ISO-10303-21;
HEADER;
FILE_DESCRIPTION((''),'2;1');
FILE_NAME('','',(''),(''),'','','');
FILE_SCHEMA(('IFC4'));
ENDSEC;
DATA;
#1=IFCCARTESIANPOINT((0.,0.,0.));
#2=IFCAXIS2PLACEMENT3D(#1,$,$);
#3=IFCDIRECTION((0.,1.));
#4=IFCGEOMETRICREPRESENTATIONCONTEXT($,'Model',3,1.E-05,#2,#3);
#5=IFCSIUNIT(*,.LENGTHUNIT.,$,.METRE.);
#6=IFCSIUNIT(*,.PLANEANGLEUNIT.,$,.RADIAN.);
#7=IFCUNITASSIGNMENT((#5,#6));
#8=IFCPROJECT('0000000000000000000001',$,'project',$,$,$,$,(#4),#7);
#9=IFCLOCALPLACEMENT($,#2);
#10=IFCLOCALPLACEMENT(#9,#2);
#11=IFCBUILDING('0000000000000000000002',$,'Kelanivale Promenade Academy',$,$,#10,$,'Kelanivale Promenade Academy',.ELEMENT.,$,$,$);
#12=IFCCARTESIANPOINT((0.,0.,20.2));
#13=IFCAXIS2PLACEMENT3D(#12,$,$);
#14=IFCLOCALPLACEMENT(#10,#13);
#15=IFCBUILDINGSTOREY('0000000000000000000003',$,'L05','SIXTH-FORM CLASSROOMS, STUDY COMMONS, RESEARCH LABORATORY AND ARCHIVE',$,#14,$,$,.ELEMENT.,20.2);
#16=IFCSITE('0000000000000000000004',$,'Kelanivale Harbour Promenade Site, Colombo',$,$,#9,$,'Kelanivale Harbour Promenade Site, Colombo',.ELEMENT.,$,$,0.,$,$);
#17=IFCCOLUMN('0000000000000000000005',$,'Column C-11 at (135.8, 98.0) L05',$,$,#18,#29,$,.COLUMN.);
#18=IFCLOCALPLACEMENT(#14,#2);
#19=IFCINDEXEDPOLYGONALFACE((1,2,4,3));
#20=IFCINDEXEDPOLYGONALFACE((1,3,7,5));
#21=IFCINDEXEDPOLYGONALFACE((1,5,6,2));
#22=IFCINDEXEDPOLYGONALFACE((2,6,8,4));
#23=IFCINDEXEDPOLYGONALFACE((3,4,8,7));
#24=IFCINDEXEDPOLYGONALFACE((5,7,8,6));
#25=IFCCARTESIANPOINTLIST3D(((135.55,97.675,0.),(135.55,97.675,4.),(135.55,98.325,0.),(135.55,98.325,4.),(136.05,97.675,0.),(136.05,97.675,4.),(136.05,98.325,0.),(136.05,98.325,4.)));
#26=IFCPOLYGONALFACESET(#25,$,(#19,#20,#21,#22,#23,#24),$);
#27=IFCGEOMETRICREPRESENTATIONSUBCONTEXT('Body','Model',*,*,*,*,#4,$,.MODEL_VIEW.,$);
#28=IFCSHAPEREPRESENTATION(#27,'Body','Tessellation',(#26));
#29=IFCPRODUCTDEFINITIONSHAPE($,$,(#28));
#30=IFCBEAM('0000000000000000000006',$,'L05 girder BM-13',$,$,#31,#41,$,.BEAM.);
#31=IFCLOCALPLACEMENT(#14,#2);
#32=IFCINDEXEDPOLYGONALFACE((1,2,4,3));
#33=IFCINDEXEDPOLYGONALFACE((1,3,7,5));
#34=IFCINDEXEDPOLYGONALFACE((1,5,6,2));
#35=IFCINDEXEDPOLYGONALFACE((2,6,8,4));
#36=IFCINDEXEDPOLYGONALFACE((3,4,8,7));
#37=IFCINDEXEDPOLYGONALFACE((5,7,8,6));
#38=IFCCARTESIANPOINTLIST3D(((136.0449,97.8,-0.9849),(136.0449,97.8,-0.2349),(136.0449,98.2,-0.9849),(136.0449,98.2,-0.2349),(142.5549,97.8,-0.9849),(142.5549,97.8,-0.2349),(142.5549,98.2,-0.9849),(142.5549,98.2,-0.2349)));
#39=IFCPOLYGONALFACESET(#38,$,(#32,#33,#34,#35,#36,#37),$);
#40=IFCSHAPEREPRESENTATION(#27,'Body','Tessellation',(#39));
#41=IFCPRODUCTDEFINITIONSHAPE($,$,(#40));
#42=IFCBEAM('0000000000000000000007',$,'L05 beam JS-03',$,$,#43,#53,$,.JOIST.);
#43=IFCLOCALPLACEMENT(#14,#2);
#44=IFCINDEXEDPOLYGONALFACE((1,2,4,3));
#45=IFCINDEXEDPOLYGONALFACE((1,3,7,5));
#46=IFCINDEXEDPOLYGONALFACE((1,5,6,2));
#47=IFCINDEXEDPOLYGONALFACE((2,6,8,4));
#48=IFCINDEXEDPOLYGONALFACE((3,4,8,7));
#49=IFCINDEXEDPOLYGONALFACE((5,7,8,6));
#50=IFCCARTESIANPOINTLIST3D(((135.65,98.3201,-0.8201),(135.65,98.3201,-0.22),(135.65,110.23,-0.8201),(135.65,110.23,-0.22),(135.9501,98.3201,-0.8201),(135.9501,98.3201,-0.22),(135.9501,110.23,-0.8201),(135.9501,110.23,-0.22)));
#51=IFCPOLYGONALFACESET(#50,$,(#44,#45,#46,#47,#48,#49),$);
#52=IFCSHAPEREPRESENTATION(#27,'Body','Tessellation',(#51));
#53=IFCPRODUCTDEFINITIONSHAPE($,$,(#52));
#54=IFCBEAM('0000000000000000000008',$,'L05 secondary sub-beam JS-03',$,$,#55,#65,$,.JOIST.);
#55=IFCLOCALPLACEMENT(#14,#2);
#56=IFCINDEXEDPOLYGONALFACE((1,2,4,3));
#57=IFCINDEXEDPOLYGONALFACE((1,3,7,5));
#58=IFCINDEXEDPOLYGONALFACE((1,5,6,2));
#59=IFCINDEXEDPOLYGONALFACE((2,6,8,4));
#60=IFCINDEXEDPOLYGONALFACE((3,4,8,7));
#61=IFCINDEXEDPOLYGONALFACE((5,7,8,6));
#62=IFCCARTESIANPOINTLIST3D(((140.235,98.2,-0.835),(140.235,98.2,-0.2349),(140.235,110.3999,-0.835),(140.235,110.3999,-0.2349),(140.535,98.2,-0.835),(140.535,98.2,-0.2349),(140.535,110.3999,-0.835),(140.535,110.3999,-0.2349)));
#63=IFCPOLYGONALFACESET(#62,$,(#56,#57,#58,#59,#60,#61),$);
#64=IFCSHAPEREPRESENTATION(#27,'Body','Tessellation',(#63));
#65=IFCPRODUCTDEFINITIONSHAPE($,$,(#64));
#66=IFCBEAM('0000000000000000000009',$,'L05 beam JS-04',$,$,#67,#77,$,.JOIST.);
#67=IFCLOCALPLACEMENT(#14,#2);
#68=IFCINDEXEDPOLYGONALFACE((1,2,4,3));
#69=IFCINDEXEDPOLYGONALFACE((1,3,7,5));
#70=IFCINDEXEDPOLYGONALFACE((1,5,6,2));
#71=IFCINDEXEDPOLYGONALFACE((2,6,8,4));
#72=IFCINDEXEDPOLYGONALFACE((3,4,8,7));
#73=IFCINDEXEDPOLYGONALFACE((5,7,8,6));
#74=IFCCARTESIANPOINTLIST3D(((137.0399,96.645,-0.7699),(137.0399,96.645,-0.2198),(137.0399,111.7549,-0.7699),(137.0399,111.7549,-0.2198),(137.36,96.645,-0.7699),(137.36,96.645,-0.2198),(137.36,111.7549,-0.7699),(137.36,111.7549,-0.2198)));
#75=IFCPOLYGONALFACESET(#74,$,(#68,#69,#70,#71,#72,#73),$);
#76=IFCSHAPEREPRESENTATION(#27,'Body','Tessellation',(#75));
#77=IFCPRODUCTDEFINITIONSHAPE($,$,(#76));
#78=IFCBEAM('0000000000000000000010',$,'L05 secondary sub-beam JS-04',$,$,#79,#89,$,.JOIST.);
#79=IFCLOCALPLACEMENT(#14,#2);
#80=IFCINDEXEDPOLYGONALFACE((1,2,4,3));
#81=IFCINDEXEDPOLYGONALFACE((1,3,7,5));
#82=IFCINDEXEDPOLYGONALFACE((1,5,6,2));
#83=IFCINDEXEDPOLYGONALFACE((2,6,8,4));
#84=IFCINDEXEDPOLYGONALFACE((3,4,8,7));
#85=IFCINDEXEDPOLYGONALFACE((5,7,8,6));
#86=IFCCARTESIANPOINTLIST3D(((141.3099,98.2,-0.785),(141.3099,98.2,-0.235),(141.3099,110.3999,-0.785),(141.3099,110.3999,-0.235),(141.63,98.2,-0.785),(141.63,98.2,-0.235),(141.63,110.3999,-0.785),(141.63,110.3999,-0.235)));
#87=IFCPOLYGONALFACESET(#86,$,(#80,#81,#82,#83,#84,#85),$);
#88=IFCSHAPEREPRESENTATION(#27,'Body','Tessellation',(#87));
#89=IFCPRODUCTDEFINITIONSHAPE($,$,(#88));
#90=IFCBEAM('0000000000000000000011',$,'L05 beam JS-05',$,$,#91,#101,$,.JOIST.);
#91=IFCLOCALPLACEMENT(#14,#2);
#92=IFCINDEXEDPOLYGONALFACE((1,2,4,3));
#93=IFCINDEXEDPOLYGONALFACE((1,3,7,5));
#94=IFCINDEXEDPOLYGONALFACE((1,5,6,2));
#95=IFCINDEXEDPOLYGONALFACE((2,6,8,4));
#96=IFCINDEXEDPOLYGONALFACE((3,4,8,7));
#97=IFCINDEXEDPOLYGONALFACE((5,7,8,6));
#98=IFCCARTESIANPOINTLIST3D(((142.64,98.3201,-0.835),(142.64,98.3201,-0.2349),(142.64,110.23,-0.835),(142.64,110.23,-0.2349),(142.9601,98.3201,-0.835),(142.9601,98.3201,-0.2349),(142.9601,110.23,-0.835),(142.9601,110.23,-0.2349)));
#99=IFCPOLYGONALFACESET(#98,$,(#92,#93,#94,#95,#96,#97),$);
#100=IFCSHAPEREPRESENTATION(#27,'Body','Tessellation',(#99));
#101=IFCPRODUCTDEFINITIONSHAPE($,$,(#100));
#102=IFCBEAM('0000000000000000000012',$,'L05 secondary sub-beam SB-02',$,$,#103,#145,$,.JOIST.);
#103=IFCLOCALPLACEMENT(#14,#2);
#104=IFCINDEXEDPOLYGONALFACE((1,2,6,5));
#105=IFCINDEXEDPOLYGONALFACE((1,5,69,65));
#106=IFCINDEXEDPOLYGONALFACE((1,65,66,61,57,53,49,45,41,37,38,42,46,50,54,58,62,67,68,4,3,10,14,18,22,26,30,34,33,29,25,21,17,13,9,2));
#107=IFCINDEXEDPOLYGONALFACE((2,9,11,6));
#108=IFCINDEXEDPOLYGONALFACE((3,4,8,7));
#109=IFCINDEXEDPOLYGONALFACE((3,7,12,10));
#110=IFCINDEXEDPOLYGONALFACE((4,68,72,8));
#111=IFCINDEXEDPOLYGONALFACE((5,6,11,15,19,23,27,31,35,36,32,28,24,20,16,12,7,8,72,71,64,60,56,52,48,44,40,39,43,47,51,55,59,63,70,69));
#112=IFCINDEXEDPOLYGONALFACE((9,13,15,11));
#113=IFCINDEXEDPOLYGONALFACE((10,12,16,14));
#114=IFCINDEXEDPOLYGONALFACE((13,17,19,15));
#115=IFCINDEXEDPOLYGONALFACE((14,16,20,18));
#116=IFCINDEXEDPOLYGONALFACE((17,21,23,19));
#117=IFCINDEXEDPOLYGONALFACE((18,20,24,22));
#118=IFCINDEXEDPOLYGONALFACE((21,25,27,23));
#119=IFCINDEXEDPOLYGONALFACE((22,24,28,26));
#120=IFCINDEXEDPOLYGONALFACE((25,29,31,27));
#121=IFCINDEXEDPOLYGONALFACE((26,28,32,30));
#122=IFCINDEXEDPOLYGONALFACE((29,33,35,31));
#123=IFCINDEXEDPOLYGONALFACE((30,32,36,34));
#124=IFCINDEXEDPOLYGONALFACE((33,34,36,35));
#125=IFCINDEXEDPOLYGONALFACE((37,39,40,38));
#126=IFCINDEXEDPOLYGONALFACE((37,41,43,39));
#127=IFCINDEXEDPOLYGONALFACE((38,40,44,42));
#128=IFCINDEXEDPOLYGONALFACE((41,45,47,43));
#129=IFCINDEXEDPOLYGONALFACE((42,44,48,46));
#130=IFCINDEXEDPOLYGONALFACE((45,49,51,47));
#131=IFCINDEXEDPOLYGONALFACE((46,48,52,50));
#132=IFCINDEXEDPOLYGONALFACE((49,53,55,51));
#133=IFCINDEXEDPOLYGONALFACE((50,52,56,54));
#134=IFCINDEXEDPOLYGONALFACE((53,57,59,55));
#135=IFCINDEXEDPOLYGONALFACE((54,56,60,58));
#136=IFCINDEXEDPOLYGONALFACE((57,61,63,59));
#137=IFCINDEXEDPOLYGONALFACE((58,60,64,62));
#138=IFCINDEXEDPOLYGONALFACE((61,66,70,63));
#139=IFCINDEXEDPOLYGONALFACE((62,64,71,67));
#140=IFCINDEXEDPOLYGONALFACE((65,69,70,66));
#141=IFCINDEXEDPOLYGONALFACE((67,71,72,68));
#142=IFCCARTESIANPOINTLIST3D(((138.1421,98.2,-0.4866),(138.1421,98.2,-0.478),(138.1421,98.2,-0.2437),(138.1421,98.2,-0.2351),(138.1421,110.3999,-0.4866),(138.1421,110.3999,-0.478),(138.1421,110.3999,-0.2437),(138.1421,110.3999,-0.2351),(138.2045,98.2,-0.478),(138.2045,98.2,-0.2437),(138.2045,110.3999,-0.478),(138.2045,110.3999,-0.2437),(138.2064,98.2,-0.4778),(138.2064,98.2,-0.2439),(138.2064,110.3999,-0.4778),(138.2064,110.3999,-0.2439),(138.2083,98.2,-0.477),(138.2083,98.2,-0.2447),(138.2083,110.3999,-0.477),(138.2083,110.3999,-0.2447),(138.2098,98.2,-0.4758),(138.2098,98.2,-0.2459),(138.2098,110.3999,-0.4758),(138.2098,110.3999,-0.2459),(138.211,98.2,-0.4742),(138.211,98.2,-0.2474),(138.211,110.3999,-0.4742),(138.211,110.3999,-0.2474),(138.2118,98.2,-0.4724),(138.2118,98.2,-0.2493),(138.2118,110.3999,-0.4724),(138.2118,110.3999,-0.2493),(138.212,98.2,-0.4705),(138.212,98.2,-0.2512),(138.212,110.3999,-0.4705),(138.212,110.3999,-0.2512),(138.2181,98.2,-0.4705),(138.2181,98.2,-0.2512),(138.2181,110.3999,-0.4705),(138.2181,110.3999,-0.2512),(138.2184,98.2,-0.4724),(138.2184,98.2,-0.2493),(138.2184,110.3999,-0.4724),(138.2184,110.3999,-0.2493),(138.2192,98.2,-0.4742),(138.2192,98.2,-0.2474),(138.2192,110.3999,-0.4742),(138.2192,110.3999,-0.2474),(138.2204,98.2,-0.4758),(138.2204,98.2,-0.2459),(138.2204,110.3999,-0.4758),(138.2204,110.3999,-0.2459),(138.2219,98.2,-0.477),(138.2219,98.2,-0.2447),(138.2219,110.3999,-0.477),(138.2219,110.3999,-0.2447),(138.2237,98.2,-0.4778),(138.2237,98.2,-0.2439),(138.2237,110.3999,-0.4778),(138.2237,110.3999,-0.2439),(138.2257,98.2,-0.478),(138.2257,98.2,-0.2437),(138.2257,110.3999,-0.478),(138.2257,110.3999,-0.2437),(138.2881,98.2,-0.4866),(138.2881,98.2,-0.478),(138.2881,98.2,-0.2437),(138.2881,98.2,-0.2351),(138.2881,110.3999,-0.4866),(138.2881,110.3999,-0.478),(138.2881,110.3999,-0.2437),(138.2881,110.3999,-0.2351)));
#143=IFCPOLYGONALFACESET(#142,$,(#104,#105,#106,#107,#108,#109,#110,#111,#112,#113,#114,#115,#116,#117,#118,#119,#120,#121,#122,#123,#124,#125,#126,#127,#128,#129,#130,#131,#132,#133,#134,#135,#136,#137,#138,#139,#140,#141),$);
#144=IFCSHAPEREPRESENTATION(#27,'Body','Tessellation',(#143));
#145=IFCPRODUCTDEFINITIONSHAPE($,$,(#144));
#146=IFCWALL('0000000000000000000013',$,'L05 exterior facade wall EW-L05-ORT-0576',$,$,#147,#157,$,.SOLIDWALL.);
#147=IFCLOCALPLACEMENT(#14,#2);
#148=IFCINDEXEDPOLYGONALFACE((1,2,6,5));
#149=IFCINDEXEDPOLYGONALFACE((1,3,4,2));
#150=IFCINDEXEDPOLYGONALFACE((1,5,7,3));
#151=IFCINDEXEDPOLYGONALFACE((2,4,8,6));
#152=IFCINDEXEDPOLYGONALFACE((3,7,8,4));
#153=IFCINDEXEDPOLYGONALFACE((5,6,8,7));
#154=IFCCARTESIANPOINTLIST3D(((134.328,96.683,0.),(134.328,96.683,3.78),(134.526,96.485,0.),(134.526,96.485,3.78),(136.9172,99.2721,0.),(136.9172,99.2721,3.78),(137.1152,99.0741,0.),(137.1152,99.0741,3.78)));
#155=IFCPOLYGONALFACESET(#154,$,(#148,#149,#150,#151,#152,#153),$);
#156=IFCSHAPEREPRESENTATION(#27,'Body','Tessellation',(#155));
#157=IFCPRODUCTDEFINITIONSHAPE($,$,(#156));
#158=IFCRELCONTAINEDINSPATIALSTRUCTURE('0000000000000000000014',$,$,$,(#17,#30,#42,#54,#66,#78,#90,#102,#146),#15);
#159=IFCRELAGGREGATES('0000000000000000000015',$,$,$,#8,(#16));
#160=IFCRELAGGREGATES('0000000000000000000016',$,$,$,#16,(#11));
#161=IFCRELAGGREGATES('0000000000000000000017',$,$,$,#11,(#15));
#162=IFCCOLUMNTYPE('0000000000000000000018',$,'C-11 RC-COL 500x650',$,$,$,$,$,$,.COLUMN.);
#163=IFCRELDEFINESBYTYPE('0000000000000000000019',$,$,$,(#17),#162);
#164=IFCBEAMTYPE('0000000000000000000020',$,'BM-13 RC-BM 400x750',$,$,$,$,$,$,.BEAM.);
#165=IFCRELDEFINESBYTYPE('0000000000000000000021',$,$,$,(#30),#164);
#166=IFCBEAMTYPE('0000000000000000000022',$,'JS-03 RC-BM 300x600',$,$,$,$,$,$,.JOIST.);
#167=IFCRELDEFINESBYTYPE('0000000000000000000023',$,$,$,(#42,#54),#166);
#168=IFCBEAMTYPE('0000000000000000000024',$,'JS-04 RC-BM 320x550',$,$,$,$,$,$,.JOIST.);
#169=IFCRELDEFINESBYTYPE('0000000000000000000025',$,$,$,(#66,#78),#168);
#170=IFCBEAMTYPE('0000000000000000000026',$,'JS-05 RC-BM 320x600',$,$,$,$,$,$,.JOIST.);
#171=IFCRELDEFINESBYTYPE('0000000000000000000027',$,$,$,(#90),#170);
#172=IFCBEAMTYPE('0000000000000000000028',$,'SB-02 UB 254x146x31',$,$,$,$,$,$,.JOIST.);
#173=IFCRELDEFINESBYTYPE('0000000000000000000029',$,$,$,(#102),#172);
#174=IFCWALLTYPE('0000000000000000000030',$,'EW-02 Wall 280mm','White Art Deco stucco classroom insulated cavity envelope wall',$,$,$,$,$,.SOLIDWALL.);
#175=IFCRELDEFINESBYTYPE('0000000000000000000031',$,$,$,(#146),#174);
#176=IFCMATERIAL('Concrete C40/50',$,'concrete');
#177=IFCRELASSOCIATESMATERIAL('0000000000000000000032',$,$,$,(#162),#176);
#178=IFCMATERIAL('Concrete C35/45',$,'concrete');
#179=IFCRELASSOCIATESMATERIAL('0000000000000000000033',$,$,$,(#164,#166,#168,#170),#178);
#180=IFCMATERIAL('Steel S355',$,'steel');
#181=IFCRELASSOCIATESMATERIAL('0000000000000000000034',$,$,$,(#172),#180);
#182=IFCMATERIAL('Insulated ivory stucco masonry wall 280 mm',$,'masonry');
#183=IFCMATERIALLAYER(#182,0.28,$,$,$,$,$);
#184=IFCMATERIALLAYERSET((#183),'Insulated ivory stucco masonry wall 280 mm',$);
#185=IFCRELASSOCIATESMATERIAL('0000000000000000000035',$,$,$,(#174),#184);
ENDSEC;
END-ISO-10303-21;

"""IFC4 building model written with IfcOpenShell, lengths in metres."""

from ifc_helpers import new_model, si_unit, direction, frame, frame_2d, origin, origin_2d, place, context, subcontext, project, spatial, rectangle, i_section, extrude, material, layer, layer_set, material_profile, profile_set, type_object, element, save


model = new_model("IFC4")

# Units and contexts
model_context = context("Model", 3, precision=1e-05, world=origin(), true_north=direction((0.0, 1.0)))
body_context = subcontext(model_context, "Body", "Model", "MODEL_VIEW")
ifc_project = project(units=[si_unit("LENGTHUNIT", "METRE"), si_unit("PLANEANGLEUNIT", "RADIAN")], contexts=[model_context])

# Site, building, storey
site_placement = place(None, origin())
site = spatial("IfcSite", under=ifc_project, at=site_placement, Name="Kelanivale Harbour Promenade Site, Colombo", LongName="Kelanivale Harbour Promenade Site, Colombo", CompositionType="ELEMENT", RefElevation=0.0)
building_placement = place(site_placement, origin())
building = spatial("IfcBuilding", under=site, at=building_placement, Name="Kelanivale Promenade Academy", LongName="Kelanivale Promenade Academy", CompositionType="ELEMENT")
storey_placement = place(building_placement, frame((0.0, 0.0, 20.2)))
storey = spatial("IfcBuildingStorey", under=building, at=storey_placement, Name="L05", Description="SIXTH-FORM CLASSROOMS, STUDY COMMONS, RESEARCH LABORATORY AND ARCHIVE", CompositionType="ELEMENT", Elevation=20.2)

# Column
ifc_material_1 = material(Name="Concrete C40/50", Category="concrete")
ifc_material_profile_1 = material_profile(ifc_material_1, rectangle(XDim=0.5, YDim=0.6499, at=origin_2d()), Name="RC-COL 500x650")
ifc_profile_set_1 = profile_set([ifc_material_profile_1], Name="Concrete C40/50")
column_type = type_object("IfcColumnType", Name="C-11 RC-COL 500x650", PredefinedType="COLUMN", material=ifc_profile_set_1)
column_placement = place(storey_placement, frame((135.8, 98.0, 0.0), z_axis=(0.0, 0.0, 1.0), x_axis=(1.0, 0.0, 0.0)))
element("IfcColumn", 1, at=column_placement, inside=storey, type_object=column_type, Name="Column C-11 at (135.8, 98.0) L05", PredefinedType="COLUMN", context=body_context, shape_type="SweptSolid", body=[
    extrude(rectangle(XDim=0.5, YDim=0.6499, at=origin_2d()), origin(), (0.0, 0.0, 1.0), 4.0),
])

# Beams
ifc_material_2 = material(Name="Concrete C35/45", Category="concrete")
ifc_material_profile_2 = material_profile(ifc_material_2, rectangle(XDim=0.3999, YDim=0.75, at=origin_2d()), Name="RC-BM 400x750")
ifc_profile_set_2 = profile_set([ifc_material_profile_2], Name="Concrete C35/45")
beam_type_1 = type_object("IfcBeamType", Name="BM-13 RC-BM 400x750", PredefinedType="BEAM", material=ifc_profile_set_2)
beam_1_placement = place(storey_placement, frame((136.0449, 98.0, -0.6099), z_axis=(1.0, 0.0, 0.0), x_axis=(0.0, 1.0, 0.0)))
element("IfcBeam", 2, at=beam_1_placement, inside=storey, type_object=beam_type_1, Name="L05 girder BM-13", PredefinedType="BEAM", context=body_context, shape_type="SweptSolid", body=[
    extrude(rectangle(XDim=0.3999, YDim=0.75, at=origin_2d()), origin(), (0.0, 0.0, 1.0), 6.51),
])
ifc_material_profile_3 = material_profile(ifc_material_2, rectangle(XDim=0.3, YDim=0.6001, at=origin_2d()), Name="RC-BM 300x600")
ifc_profile_set_3 = profile_set([ifc_material_profile_3], Name="Concrete C35/45")
beam_type_2 = type_object("IfcBeamType", Name="JS-03 RC-BM 300x600", PredefinedType="JOIST", material=ifc_profile_set_3)
beam_2_placement = place(storey_placement, frame((135.8, 98.3201, -0.52), z_axis=(0.0, 1.0, 0.0), x_axis=(-1.0, 0.0, 0.0)))
element("IfcBeam", 3, at=beam_2_placement, inside=storey, type_object=beam_type_2, Name="L05 beam JS-03", PredefinedType="JOIST", context=body_context, shape_type="SweptSolid", body=[
    extrude(rectangle(XDim=0.3, YDim=0.6001, at=origin_2d()), origin(), (0.0, 0.0, 1.0), 11.9099),
])
beam_3_placement = place(storey_placement, frame((140.385, 98.2, -0.5349), z_axis=(0.0, 1.0, 0.0), x_axis=(-1.0, 0.0, 0.0)))
element("IfcBeam", 4, at=beam_3_placement, inside=storey, type_object=beam_type_2, Name="L05 secondary sub-beam JS-03", PredefinedType="JOIST", context=body_context, shape_type="SweptSolid", body=[
    extrude(rectangle(XDim=0.3, YDim=0.6001, at=origin_2d()), origin(), (0.0, 0.0, 1.0), 12.2),
])
ifc_material_profile_4 = material_profile(ifc_material_2, rectangle(XDim=0.3201, YDim=0.55, at=origin_2d()), Name="RC-BM 320x550")
ifc_profile_set_4 = profile_set([ifc_material_profile_4], Name="Concrete C35/45")
beam_type_3 = type_object("IfcBeamType", Name="JS-04 RC-BM 320x550", PredefinedType="JOIST", material=ifc_profile_set_4)
beam_4_placement = place(storey_placement, frame((137.2, 96.645, -0.4949), z_axis=(0.0, 1.0, 0.0), x_axis=(-1.0, 0.0, 0.0)))
element("IfcBeam", 5, at=beam_4_placement, inside=storey, type_object=beam_type_3, Name="L05 beam JS-04", PredefinedType="JOIST", context=body_context, shape_type="SweptSolid", body=[
    extrude(rectangle(XDim=0.3201, YDim=0.55, at=origin_2d()), origin(), (0.0, 0.0, 1.0), 15.1099),
])
beam_5_placement = place(storey_placement, frame((141.47, 98.2, -0.51), z_axis=(0.0, 1.0, 0.0), x_axis=(-1.0, 0.0, 0.0)))
element("IfcBeam", 6, at=beam_5_placement, inside=storey, type_object=beam_type_3, Name="L05 secondary sub-beam JS-04", PredefinedType="JOIST", context=body_context, shape_type="SweptSolid", body=[
    extrude(rectangle(XDim=0.3201, YDim=0.55, at=origin_2d()), origin(), (0.0, 0.0, 1.0), 12.2),
])
ifc_material_profile_5 = material_profile(ifc_material_2, rectangle(XDim=0.3201, YDim=0.6001, at=origin_2d()), Name="RC-BM 320x600")
ifc_profile_set_5 = profile_set([ifc_material_profile_5], Name="Concrete C35/45")
beam_type_4 = type_object("IfcBeamType", Name="JS-05 RC-BM 320x600", PredefinedType="JOIST", material=ifc_profile_set_5)
beam_6_placement = place(storey_placement, frame((142.8, 98.3201, -0.5349), z_axis=(0.0, 1.0, 0.0), x_axis=(-1.0, 0.0, 0.0)))
element("IfcBeam", 7, at=beam_6_placement, inside=storey, type_object=beam_type_4, Name="L05 beam JS-05", PredefinedType="JOIST", context=body_context, shape_type="SweptSolid", body=[
    extrude(rectangle(XDim=0.3201, YDim=0.6001, at=origin_2d()), origin(), (0.0, 0.0, 1.0), 11.9099),
])
ifc_material_3 = material(Name="Steel S355", Category="steel")
ifc_material_profile_6 = material_profile(ifc_material_3, i_section(OverallWidth=0.146, OverallDepth=0.2515, WebThickness=0.0061, FlangeThickness=0.0085, FilletRadius=0.0076, at=origin_2d()), Name="UB 254x146x31")
ifc_profile_set_6 = profile_set([ifc_material_profile_6], Name="Steel S355")
beam_type_5 = type_object("IfcBeamType", Name="SB-02 UB 254x146x31", PredefinedType="JOIST", material=ifc_profile_set_6)
beam_7_placement = place(storey_placement, frame((138.2151, 98.2, -0.3608), z_axis=(0.0, 1.0, 0.0), x_axis=(-1.0, 0.0, 0.0)))
element("IfcBeam", 8, at=beam_7_placement, inside=storey, type_object=beam_type_5, Name="L05 secondary sub-beam SB-02", PredefinedType="JOIST", context=body_context, shape_type="SweptSolid", body=[
    extrude(i_section(OverallWidth=0.146, OverallDepth=0.2515, WebThickness=0.0061, FlangeThickness=0.0085, FilletRadius=0.0076, at=origin_2d()), origin(), (0.0, 0.0, 1.0), 12.2),
])

# Wall
ifc_material_4 = material(Name="Insulated ivory stucco masonry wall 280 mm", Category="masonry")
ifc_layer_1 = layer(ifc_material_4, 0.28)
ifc_layer_set_1 = layer_set([ifc_layer_1], Name="Insulated ivory stucco masonry wall 280 mm")
wall_type_1 = type_object("IfcWallType", Name="EW-02 Wall 280mm", Description="White Art Deco stucco classroom insulated cavity envelope wall", PredefinedType="SOLIDWALL", material=ifc_layer_set_1)
wall_1_placement = place(storey_placement, frame((134.427, 96.584, 0.0), z_axis=(0.0, 0.0, 1.0), x_axis=(0.707107, 0.707107, 0.0)))
element("IfcWall", 9, at=wall_1_placement, inside=storey, type_object=wall_type_1, Name="L05 exterior facade wall EW-L05-ORT-0576", PredefinedType="SOLIDWALL", context=body_context, shape_type="SweptSolid", body=[
    extrude(rectangle(XDim=3.6616, YDim=0.28, at=frame_2d((1.8308, 0.0))), origin(), (0.0, 0.0, 1.0), 3.78),
])

save(model, "model.ifc")
